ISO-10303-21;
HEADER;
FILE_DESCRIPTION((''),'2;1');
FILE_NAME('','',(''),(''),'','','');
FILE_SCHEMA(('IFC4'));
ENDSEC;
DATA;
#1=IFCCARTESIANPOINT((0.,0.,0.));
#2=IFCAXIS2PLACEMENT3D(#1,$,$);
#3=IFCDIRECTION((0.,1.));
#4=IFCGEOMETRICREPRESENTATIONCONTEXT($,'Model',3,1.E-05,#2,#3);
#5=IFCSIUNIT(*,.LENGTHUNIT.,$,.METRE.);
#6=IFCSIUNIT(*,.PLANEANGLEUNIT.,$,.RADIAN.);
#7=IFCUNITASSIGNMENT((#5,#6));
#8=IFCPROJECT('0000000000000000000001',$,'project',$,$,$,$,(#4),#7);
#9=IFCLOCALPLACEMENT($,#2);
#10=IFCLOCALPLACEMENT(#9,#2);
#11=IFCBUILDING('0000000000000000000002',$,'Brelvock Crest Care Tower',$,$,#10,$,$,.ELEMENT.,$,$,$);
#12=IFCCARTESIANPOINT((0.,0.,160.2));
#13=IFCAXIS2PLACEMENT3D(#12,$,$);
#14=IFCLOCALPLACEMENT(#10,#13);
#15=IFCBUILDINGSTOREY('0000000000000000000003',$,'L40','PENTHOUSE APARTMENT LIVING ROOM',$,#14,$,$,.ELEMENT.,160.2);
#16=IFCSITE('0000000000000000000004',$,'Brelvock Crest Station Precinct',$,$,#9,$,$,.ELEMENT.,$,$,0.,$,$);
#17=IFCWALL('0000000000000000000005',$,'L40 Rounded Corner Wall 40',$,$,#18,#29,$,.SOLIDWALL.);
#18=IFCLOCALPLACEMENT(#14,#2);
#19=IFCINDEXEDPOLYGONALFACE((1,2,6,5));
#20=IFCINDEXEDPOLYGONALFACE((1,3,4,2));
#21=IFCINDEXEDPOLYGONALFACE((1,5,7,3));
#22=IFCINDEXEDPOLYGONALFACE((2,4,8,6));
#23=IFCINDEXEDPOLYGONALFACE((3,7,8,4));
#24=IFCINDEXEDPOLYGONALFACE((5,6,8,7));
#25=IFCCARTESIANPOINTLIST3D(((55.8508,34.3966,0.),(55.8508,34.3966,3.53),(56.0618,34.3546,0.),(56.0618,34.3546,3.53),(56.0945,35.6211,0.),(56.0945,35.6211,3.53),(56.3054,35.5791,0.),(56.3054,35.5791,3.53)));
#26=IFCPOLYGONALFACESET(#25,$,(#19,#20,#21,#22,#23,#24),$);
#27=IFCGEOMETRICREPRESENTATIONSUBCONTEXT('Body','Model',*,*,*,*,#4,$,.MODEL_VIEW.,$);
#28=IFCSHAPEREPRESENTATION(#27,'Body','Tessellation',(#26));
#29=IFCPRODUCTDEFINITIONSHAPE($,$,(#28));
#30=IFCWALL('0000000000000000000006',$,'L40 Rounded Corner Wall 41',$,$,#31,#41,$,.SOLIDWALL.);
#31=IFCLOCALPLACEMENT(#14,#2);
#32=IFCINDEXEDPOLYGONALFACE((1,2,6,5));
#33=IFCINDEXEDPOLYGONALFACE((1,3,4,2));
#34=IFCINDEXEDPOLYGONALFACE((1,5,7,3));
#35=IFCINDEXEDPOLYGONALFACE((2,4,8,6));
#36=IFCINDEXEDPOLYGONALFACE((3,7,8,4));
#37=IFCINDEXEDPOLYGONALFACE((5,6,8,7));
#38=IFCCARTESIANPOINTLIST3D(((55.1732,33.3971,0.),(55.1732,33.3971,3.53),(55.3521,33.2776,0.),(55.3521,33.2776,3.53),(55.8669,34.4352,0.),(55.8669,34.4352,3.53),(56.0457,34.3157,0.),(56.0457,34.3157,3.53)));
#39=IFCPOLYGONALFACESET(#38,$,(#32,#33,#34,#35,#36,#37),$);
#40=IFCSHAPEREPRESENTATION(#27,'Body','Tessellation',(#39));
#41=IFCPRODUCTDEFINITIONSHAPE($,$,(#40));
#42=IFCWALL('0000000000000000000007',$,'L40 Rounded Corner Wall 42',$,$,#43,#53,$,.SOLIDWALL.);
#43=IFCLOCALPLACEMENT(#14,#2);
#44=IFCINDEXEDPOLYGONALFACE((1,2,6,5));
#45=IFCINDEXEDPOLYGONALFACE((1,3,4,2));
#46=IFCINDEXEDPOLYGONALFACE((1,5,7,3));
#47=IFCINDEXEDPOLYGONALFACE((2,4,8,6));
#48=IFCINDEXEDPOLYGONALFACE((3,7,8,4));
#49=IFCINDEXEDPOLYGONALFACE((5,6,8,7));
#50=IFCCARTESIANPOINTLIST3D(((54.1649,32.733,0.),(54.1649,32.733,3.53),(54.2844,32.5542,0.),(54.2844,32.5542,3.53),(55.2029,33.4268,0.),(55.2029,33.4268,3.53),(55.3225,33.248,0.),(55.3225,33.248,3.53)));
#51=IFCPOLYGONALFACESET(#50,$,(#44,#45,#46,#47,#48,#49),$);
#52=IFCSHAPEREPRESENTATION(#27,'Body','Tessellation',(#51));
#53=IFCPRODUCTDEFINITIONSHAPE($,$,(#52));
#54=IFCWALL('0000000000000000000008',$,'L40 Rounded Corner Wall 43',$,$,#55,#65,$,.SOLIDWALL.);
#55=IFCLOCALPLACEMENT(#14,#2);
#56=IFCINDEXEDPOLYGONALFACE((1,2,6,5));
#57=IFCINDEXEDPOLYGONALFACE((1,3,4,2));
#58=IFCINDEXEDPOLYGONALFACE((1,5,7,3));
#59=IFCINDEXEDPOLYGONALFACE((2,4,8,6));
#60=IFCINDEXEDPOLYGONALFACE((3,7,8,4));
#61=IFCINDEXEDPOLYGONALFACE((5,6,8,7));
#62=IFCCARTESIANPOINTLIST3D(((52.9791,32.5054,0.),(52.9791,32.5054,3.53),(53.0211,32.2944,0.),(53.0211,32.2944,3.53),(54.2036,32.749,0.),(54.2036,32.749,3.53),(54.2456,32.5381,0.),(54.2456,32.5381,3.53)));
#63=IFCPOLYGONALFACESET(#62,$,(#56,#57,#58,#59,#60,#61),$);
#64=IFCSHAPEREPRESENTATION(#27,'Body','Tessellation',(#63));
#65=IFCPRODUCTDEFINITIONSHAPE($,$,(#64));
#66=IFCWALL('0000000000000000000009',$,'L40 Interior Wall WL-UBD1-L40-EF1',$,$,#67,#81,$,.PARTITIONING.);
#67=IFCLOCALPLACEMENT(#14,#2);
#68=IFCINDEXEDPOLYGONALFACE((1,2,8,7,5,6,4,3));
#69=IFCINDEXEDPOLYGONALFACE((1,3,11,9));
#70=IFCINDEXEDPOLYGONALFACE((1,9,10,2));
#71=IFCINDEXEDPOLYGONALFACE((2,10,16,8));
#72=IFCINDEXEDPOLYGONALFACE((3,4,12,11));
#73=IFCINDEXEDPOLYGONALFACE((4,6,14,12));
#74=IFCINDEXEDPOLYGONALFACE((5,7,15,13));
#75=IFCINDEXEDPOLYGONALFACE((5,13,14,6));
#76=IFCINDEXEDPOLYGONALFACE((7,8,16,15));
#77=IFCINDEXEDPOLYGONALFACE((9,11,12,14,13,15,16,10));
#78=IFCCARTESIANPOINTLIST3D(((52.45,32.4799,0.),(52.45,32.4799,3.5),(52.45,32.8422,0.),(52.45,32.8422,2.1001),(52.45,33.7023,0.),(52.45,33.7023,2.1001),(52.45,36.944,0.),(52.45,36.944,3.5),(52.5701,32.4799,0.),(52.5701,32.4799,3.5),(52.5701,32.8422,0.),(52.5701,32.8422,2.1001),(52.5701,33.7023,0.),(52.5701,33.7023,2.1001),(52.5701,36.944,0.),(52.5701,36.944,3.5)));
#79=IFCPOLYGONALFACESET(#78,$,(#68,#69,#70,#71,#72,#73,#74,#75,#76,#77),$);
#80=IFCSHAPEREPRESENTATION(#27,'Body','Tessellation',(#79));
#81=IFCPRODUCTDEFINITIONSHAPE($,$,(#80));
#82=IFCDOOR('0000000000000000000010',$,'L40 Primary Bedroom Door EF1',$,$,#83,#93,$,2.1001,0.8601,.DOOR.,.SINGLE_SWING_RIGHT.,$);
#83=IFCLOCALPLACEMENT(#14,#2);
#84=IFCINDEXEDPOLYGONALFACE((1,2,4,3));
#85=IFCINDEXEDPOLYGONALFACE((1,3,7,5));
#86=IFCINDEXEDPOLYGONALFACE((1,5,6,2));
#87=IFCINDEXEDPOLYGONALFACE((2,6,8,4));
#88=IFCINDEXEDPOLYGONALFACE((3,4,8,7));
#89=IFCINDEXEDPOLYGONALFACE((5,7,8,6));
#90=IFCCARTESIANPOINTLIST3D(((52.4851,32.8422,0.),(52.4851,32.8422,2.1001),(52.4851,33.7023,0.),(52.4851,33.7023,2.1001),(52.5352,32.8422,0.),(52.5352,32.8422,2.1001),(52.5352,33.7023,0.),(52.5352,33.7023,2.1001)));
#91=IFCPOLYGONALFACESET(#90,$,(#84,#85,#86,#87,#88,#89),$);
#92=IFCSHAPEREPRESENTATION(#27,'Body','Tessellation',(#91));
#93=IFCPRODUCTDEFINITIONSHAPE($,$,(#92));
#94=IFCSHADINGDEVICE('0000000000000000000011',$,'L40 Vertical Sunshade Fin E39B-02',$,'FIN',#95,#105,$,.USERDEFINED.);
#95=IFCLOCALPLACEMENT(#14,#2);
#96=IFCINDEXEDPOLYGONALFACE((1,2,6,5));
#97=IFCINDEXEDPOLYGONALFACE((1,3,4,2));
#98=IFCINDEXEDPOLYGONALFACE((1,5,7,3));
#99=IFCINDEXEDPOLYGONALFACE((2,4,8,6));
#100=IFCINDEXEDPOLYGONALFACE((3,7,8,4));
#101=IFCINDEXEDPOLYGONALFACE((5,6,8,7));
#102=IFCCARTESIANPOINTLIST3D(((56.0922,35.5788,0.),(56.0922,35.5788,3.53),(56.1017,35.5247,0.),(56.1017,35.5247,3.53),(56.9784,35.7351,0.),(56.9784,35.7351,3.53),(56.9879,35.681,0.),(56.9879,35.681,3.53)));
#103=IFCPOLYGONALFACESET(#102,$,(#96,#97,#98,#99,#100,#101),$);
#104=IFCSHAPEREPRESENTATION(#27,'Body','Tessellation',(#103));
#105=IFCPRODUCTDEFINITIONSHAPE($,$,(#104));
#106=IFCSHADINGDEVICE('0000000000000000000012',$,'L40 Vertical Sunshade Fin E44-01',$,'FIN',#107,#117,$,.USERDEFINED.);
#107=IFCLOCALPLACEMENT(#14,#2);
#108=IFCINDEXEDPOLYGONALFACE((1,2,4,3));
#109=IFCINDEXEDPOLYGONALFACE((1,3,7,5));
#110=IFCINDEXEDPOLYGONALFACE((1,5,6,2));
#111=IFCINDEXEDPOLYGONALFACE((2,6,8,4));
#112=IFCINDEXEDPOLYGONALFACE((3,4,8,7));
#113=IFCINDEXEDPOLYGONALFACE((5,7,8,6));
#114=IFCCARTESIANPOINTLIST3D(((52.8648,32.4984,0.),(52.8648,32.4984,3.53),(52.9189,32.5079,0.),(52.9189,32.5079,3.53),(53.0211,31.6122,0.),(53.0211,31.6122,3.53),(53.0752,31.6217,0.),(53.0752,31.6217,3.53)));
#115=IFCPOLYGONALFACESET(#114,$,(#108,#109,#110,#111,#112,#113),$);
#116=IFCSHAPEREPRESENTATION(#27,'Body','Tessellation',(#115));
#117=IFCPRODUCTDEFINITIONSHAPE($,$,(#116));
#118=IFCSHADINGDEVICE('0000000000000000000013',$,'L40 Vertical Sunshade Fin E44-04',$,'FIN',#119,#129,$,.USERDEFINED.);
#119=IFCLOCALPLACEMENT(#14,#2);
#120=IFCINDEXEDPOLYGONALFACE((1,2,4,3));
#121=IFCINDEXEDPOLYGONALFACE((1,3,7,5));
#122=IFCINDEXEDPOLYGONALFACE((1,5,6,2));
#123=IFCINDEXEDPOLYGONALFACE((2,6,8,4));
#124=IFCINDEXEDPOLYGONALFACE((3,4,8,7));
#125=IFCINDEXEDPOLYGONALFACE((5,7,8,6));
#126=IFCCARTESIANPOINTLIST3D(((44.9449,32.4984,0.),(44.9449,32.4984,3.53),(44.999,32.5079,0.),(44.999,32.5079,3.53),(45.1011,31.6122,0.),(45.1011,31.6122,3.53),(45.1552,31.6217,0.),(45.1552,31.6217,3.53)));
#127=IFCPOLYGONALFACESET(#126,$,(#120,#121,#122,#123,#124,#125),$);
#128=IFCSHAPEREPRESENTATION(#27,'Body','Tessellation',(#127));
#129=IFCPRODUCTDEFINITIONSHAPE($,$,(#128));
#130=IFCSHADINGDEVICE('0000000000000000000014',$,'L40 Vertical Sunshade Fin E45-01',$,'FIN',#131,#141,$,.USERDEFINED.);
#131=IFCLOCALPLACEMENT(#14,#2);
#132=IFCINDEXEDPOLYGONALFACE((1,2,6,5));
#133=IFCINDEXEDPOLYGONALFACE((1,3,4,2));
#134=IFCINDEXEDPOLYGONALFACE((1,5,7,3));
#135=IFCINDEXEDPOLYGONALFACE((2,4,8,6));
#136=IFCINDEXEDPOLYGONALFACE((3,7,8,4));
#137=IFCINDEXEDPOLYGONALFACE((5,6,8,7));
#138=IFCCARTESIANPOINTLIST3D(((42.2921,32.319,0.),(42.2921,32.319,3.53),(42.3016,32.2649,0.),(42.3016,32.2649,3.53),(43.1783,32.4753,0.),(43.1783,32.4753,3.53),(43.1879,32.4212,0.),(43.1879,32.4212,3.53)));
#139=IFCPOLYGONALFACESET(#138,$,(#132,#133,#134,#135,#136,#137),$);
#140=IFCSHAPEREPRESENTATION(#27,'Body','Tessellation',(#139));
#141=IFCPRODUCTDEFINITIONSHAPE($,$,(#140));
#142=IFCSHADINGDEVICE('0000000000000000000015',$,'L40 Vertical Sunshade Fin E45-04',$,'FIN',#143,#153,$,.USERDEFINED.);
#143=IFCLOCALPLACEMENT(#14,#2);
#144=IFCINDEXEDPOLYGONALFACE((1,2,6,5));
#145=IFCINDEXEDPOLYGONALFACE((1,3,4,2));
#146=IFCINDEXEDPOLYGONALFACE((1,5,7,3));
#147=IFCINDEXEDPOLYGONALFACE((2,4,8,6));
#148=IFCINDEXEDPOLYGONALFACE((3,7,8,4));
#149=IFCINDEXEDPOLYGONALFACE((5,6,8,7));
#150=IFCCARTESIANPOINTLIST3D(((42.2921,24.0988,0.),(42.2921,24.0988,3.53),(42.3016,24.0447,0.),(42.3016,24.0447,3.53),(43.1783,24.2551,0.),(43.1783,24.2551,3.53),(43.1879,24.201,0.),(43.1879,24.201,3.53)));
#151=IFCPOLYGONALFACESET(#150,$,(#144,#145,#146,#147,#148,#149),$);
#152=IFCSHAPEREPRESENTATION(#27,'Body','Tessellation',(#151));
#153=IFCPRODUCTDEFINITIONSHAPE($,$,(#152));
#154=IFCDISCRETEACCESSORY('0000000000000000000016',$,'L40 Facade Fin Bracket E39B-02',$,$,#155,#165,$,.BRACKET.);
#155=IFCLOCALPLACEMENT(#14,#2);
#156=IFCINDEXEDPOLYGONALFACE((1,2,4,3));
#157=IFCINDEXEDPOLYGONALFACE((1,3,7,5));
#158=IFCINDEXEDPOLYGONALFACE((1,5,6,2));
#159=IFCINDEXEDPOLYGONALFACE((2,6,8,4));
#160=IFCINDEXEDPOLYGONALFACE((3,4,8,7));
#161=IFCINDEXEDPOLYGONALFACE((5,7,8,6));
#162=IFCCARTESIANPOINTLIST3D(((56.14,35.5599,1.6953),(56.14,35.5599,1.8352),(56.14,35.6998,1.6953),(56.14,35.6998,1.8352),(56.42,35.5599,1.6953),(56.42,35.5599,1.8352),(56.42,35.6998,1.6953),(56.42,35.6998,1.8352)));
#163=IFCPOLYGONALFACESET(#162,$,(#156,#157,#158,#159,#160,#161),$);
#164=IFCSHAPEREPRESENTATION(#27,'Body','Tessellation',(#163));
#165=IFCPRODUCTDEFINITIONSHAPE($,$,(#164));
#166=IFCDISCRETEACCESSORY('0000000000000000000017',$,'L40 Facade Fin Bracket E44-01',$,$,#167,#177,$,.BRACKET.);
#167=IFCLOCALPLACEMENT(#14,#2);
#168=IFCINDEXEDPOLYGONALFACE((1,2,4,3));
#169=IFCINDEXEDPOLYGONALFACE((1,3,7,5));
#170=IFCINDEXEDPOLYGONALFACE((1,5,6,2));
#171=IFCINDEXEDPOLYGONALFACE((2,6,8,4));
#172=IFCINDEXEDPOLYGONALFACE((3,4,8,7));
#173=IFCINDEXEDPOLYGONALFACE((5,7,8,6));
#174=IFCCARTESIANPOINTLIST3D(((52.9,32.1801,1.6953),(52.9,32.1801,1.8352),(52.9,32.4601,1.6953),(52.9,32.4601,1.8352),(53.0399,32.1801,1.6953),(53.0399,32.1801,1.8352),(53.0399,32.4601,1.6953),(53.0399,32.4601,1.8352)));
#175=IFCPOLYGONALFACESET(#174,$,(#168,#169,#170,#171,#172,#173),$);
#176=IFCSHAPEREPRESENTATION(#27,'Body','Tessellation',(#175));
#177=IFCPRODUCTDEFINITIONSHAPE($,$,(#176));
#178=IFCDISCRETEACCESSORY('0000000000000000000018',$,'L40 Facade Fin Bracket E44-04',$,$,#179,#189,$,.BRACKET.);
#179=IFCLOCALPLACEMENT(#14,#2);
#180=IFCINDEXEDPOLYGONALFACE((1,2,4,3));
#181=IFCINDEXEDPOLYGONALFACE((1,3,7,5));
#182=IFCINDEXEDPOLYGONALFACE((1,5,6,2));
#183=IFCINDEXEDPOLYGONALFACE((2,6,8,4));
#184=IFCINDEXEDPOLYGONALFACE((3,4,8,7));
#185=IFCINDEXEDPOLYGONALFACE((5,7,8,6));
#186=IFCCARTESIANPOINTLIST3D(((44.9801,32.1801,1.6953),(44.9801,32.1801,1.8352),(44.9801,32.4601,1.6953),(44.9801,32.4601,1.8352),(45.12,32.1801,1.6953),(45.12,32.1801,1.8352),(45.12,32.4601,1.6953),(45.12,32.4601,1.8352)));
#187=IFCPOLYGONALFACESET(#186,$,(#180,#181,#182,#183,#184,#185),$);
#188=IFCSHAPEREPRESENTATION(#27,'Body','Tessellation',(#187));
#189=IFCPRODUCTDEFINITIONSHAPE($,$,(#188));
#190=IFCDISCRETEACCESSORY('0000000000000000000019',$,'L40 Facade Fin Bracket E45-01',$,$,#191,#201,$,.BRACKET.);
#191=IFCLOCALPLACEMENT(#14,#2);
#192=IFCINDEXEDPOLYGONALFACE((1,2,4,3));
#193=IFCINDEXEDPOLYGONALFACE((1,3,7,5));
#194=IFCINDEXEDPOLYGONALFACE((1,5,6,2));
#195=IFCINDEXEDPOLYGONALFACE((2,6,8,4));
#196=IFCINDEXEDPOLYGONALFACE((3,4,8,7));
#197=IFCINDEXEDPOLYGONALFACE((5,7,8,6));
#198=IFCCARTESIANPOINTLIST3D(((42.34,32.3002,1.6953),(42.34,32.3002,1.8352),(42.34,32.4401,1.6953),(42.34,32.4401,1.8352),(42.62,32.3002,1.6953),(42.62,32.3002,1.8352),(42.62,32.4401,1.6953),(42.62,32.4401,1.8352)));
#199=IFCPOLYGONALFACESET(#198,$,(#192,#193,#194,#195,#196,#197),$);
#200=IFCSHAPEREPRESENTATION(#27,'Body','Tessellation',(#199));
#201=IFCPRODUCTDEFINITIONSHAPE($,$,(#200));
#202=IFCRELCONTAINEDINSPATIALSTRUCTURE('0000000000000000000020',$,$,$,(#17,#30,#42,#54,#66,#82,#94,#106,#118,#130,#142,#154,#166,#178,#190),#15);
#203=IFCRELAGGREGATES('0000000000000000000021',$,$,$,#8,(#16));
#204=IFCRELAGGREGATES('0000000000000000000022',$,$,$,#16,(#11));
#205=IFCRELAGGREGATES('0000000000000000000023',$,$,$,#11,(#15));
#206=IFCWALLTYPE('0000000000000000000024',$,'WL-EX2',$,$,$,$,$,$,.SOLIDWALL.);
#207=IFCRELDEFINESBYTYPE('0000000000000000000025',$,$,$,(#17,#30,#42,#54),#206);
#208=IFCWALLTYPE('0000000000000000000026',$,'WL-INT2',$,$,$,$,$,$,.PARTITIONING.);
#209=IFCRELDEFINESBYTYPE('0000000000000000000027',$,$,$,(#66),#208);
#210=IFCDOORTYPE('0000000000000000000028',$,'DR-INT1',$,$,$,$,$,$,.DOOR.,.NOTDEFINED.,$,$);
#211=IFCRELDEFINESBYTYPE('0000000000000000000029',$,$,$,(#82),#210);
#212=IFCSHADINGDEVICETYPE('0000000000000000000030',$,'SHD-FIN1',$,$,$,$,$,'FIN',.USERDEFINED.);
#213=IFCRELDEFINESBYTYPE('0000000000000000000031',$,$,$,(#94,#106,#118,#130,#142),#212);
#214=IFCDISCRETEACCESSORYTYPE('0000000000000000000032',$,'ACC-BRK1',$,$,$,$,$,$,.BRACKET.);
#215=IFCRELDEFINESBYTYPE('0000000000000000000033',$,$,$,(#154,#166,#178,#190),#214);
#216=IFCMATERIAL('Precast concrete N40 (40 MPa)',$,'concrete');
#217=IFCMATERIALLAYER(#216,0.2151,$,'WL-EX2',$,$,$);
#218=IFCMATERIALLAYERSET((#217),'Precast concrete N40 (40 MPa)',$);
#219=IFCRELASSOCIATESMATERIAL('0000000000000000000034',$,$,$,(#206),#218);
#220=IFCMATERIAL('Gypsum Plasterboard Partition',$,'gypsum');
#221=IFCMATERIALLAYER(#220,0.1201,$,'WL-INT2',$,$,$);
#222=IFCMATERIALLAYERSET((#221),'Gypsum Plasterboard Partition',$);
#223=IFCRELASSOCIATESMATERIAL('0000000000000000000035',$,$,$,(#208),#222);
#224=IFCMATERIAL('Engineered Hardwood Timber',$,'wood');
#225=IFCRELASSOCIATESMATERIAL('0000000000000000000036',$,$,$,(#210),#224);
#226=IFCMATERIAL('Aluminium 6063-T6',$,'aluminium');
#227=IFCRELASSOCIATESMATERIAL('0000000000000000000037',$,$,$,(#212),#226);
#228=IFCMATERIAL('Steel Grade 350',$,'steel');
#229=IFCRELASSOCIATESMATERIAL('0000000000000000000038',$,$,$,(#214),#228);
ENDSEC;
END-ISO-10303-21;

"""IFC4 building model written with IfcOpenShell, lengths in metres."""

from ifc_helpers import new_model, si_unit, direction, frame, frame_2d, origin, origin_2d, place, context, subcontext, project, spatial, rectangle, extrude, source, transform, mapped, material, layer, layer_set, material_profile, profile_set, type_object, element, fill, save


model = new_model("IFC4")

# Units and contexts
model_context = context("Model", 3, precision=1e-05, world=origin(), true_north=direction((0.0, 1.0)))
body_context = subcontext(model_context, "Body", "Model", "MODEL_VIEW")
ifc_project = project(units=[si_unit("LENGTHUNIT", "METRE"), si_unit("PLANEANGLEUNIT", "RADIAN")], contexts=[model_context])

# Site, building, storey
site_placement = place(None, origin())
site = spatial("IfcSite", under=ifc_project, at=site_placement, Name="Brelvock Crest Station Precinct", CompositionType="ELEMENT", RefElevation=0.0)
building_placement = place(site_placement, origin())
building = spatial("IfcBuilding", under=site, at=building_placement, Name="Brelvock Crest Care Tower", CompositionType="ELEMENT")
storey_placement = place(building_placement, frame((0.0, 0.0, 160.2)))
storey = spatial("IfcBuildingStorey", under=building, at=storey_placement, Name="L40", Description="PENTHOUSE APARTMENT LIVING ROOM", CompositionType="ELEMENT", Elevation=160.2)

# Shared definitions
ifc_material_1 = material(Name="Steel Grade 350", Category="steel")

# Shared definitions
ifc_material_2 = material(Name="Aluminium 6063-T6", Category="aluminium")

# Walls
ifc_material_3 = material(Name="Precast concrete N40 (40 MPa)", Category="concrete")
ifc_layer_1 = layer(ifc_material_3, 0.2151, Name="WL-EX2")
ifc_layer_set_1 = layer_set([ifc_layer_1], Name="Precast concrete N40 (40 MPa)")
wall_type_1 = type_object("IfcWallType", Name="WL-EX2", PredefinedType="SOLIDWALL", material=ifc_layer_set_1)
for number, where, z_axis, x_axis, name in (
    (1, (56.2, 35.6001, 0.0), (0.0, 0.0, 1.0), (-0.195138, -0.980776, 0.0), "L40 Rounded Corner Wall 40"),
    (2, (55.9563, 34.3755, 0.0), (0.0, 0.0, 1.0), (-0.555557, -0.831478, 0.0), "L40 Rounded Corner Wall 41"),
    (3, (55.2627, 33.3374, 0.0), (0.0, 0.0, 1.0), (-0.831388, -0.555692, 0.0), "L40 Rounded Corner Wall 42"),
    (4, (54.2246, 32.6436, 0.0), (0.0, 0.0, 1.0), (-0.980776, -0.195138, 0.0), "L40 Rounded Corner Wall 43"),
):
    element("IfcWall", number, at=place(storey_placement, frame(where, z_axis=z_axis, x_axis=x_axis)), inside=storey, type_object=wall_type_1, Name=name, PredefinedType="SOLIDWALL", context=body_context, shape_type="SweptSolid", body=[
        extrude(rectangle(XDim=1.2485, YDim=0.2151, at=frame_2d((0.6243, 0.0))), origin(), (0.0, 0.0, 1.0), 3.53),
    ])

# Wall, opening, door
ifc_material_4 = material(Name="Gypsum Plasterboard Partition", Category="gypsum")
ifc_layer_2 = layer(ifc_material_4, 0.1201, Name="WL-INT2")
ifc_layer_set_2 = layer_set([ifc_layer_2], Name="Gypsum Plasterboard Partition")
wall_type_2 = type_object("IfcWallType", Name="WL-INT2", PredefinedType="PARTITIONING", material=ifc_layer_set_2)
wall_placement = place(storey_placement, frame((52.51, 32.48, 0.0), z_axis=(0.0, 0.0, 1.0), x_axis=(0.0, 1.0, 0.0)))
wall = element("IfcWall", 5, at=wall_placement, inside=storey, type_object=wall_type_2, Name="L40 Interior Wall WL-UBD1-L40-EF1", PredefinedType="PARTITIONING", context=body_context, shape_type="SweptSolid", body=[
    extrude(rectangle(XDim=4.4641, YDim=0.1201, at=frame_2d((2.2319, 0.0))), origin(), (0.0, 0.0, 1.0), 3.5),
])
opening_placement = place(wall_placement, frame((0.3621, 0.0, 0.0)))
opening = element("IfcOpeningElement", 6, at=opening_placement, cuts=wall, PredefinedType="OPENING", context=body_context, shape_type="SweptSolid", body=[
    extrude(rectangle(XDim=0.8601, YDim=2.1001, at=origin_2d()), frame((0.4302, 0.0701, 1.05), z_axis=(0.0, -1.0, 0.0), x_axis=(1.0, 0.0, 0.0)), (0.0, 0.0, 1.0), 0.1401),
])
ifc_material_5 = material(Name="Engineered Hardwood Timber", Category="wood")
door_type = type_object("IfcDoorType", Name="DR-INT1", OperationType="NOTDEFINED", PredefinedType="DOOR", material=ifc_material_5)
shared_shape_1 = source(origin(), body_context, "Body", "SweptSolid", [
    extrude(rectangle(XDim=0.8601, YDim=2.1001, at=origin_2d()), frame((0.4302, 0.0249, 1.05), z_axis=(0.0, -1.0, 0.0), x_axis=(1.0, 0.0, 0.0)), (0.0, 0.0, 1.0), 0.05),
])
door_placement = place(opening_placement, origin())
door = element("IfcDoor", 7, at=door_placement, inside=storey, type_object=door_type, Name="L40 Primary Bedroom Door EF1", OperationType="SINGLE_SWING_RIGHT", OverallHeight=2.1001, OverallWidth=0.8601, PredefinedType="DOOR", context=body_context, shape_type="MappedRepresentation", body=[
    mapped(shared_shape_1, transform((0.0, 0.0, 0.0), x_axis=(1.0, 0.0, 0.0), y_axis=(0.0, 1.0, 0.0), z_axis=(0.0, 0.0, 1.0), scale=1.0)),
])
fill(opening, door)

# Shading devices
ifc_material_profile_1 = material_profile(ifc_material_2, rectangle(XDim=0.0549, YDim=0.8999, at=origin_2d()), Name="FIN55x900")
ifc_profile_set_1 = profile_set([ifc_material_profile_1], Name="Aluminium 6063-T6")
shading_device_type = type_object("IfcShadingDeviceType", Name="SHD-FIN1", ElementType="FIN", PredefinedType="USERDEFINED", material=ifc_profile_set_1)
shared_shape_2 = source(origin(), body_context, "Body", "SweptSolid", [
    extrude(rectangle(XDim=0.0549, YDim=0.8999, at=origin_2d()), origin(), (0.0, 0.0, 1.0), 3.53),
])
for number, where, z_axis, x_axis, name in (
    (8, (56.54, 35.6299, 0.0), (0.0, 0.0, 1.0), (0.173648, -0.984808, 0.0), "L40 Vertical Sunshade Fin E39B-02"),
    (9, (52.97, 32.0601, 0.0), (0.0, 0.0, 1.0), (-0.984808, -0.173648, 0.0), "L40 Vertical Sunshade Fin E44-01"),
    (10, (45.05, 32.0601, 0.0), (0.0, 0.0, 1.0), (-0.984808, -0.173648, 0.0), "L40 Vertical Sunshade Fin E44-04"),
    (11, (42.74, 32.3701, 0.0), (0.0, 0.0, 1.0), (0.173648, -0.984808, 0.0), "L40 Vertical Sunshade Fin E45-01"),
    (12, (42.74, 24.1499, 0.0), (0.0, 0.0, 1.0), (0.173648, -0.984808, 0.0), "L40 Vertical Sunshade Fin E45-04"),
):
    element("IfcShadingDevice", number, at=place(storey_placement, frame(where, z_axis=z_axis, x_axis=x_axis)), inside=storey, type_object=shading_device_type, Name=name, ObjectType="FIN", PredefinedType="USERDEFINED", context=body_context, shape_type="MappedRepresentation", body=[
        mapped(shared_shape_2, transform((0.0, 0.0, 0.0), x_axis=(1.0, 0.0, 0.0), y_axis=(0.0, 1.0, 0.0), z_axis=(0.0, 0.0, 1.0), scale=1.0)),
    ])

# Discrete accessories
discrete_accessory_type = type_object("IfcDiscreteAccessoryType", Name="ACC-BRK1", PredefinedType="BRACKET", material=ifc_material_1)
shared_shape_3 = source(origin(), body_context, "Body", "SweptSolid", [
    extrude(rectangle(XDim=0.28, YDim=0.1399, at=origin_2d()), origin(), (0.0, 0.0, 1.0), 0.1399),
])
for number, where, z_axis, x_axis, name in (
    (13, (56.28, 35.6299, 1.6953), (0.0, 0.0, 1.0), (1.0, 0.0, 0.0), "L40 Facade Fin Bracket E39B-02"),
    (14, (52.97, 32.3201, 1.6953), (0.0, 0.0, 1.0), (0.0, -1.0, 0.0), "L40 Facade Fin Bracket E44-01"),
    (15, (45.05, 32.3201, 1.6953), (0.0, 0.0, 1.0), (0.0, -1.0, 0.0), "L40 Facade Fin Bracket E44-04"),
    (16, (42.48, 32.3701, 1.6953), (0.0, 0.0, 1.0), (1.0, 0.0, 0.0), "L40 Facade Fin Bracket E45-01"),
):
    element("IfcDiscreteAccessory", number, at=place(storey_placement, frame(where, z_axis=z_axis, x_axis=x_axis)), inside=storey, type_object=discrete_accessory_type, Name=name, PredefinedType="BRACKET", context=body_context, shape_type="MappedRepresentation", body=[
        mapped(shared_shape_3, transform((0.0, 0.0, 0.0), x_axis=(1.0, 0.0, 0.0), y_axis=(0.0, 1.0, 0.0), z_axis=(0.0, 0.0, 1.0), scale=1.0)),
    ])

save(model, "model.ifc")
